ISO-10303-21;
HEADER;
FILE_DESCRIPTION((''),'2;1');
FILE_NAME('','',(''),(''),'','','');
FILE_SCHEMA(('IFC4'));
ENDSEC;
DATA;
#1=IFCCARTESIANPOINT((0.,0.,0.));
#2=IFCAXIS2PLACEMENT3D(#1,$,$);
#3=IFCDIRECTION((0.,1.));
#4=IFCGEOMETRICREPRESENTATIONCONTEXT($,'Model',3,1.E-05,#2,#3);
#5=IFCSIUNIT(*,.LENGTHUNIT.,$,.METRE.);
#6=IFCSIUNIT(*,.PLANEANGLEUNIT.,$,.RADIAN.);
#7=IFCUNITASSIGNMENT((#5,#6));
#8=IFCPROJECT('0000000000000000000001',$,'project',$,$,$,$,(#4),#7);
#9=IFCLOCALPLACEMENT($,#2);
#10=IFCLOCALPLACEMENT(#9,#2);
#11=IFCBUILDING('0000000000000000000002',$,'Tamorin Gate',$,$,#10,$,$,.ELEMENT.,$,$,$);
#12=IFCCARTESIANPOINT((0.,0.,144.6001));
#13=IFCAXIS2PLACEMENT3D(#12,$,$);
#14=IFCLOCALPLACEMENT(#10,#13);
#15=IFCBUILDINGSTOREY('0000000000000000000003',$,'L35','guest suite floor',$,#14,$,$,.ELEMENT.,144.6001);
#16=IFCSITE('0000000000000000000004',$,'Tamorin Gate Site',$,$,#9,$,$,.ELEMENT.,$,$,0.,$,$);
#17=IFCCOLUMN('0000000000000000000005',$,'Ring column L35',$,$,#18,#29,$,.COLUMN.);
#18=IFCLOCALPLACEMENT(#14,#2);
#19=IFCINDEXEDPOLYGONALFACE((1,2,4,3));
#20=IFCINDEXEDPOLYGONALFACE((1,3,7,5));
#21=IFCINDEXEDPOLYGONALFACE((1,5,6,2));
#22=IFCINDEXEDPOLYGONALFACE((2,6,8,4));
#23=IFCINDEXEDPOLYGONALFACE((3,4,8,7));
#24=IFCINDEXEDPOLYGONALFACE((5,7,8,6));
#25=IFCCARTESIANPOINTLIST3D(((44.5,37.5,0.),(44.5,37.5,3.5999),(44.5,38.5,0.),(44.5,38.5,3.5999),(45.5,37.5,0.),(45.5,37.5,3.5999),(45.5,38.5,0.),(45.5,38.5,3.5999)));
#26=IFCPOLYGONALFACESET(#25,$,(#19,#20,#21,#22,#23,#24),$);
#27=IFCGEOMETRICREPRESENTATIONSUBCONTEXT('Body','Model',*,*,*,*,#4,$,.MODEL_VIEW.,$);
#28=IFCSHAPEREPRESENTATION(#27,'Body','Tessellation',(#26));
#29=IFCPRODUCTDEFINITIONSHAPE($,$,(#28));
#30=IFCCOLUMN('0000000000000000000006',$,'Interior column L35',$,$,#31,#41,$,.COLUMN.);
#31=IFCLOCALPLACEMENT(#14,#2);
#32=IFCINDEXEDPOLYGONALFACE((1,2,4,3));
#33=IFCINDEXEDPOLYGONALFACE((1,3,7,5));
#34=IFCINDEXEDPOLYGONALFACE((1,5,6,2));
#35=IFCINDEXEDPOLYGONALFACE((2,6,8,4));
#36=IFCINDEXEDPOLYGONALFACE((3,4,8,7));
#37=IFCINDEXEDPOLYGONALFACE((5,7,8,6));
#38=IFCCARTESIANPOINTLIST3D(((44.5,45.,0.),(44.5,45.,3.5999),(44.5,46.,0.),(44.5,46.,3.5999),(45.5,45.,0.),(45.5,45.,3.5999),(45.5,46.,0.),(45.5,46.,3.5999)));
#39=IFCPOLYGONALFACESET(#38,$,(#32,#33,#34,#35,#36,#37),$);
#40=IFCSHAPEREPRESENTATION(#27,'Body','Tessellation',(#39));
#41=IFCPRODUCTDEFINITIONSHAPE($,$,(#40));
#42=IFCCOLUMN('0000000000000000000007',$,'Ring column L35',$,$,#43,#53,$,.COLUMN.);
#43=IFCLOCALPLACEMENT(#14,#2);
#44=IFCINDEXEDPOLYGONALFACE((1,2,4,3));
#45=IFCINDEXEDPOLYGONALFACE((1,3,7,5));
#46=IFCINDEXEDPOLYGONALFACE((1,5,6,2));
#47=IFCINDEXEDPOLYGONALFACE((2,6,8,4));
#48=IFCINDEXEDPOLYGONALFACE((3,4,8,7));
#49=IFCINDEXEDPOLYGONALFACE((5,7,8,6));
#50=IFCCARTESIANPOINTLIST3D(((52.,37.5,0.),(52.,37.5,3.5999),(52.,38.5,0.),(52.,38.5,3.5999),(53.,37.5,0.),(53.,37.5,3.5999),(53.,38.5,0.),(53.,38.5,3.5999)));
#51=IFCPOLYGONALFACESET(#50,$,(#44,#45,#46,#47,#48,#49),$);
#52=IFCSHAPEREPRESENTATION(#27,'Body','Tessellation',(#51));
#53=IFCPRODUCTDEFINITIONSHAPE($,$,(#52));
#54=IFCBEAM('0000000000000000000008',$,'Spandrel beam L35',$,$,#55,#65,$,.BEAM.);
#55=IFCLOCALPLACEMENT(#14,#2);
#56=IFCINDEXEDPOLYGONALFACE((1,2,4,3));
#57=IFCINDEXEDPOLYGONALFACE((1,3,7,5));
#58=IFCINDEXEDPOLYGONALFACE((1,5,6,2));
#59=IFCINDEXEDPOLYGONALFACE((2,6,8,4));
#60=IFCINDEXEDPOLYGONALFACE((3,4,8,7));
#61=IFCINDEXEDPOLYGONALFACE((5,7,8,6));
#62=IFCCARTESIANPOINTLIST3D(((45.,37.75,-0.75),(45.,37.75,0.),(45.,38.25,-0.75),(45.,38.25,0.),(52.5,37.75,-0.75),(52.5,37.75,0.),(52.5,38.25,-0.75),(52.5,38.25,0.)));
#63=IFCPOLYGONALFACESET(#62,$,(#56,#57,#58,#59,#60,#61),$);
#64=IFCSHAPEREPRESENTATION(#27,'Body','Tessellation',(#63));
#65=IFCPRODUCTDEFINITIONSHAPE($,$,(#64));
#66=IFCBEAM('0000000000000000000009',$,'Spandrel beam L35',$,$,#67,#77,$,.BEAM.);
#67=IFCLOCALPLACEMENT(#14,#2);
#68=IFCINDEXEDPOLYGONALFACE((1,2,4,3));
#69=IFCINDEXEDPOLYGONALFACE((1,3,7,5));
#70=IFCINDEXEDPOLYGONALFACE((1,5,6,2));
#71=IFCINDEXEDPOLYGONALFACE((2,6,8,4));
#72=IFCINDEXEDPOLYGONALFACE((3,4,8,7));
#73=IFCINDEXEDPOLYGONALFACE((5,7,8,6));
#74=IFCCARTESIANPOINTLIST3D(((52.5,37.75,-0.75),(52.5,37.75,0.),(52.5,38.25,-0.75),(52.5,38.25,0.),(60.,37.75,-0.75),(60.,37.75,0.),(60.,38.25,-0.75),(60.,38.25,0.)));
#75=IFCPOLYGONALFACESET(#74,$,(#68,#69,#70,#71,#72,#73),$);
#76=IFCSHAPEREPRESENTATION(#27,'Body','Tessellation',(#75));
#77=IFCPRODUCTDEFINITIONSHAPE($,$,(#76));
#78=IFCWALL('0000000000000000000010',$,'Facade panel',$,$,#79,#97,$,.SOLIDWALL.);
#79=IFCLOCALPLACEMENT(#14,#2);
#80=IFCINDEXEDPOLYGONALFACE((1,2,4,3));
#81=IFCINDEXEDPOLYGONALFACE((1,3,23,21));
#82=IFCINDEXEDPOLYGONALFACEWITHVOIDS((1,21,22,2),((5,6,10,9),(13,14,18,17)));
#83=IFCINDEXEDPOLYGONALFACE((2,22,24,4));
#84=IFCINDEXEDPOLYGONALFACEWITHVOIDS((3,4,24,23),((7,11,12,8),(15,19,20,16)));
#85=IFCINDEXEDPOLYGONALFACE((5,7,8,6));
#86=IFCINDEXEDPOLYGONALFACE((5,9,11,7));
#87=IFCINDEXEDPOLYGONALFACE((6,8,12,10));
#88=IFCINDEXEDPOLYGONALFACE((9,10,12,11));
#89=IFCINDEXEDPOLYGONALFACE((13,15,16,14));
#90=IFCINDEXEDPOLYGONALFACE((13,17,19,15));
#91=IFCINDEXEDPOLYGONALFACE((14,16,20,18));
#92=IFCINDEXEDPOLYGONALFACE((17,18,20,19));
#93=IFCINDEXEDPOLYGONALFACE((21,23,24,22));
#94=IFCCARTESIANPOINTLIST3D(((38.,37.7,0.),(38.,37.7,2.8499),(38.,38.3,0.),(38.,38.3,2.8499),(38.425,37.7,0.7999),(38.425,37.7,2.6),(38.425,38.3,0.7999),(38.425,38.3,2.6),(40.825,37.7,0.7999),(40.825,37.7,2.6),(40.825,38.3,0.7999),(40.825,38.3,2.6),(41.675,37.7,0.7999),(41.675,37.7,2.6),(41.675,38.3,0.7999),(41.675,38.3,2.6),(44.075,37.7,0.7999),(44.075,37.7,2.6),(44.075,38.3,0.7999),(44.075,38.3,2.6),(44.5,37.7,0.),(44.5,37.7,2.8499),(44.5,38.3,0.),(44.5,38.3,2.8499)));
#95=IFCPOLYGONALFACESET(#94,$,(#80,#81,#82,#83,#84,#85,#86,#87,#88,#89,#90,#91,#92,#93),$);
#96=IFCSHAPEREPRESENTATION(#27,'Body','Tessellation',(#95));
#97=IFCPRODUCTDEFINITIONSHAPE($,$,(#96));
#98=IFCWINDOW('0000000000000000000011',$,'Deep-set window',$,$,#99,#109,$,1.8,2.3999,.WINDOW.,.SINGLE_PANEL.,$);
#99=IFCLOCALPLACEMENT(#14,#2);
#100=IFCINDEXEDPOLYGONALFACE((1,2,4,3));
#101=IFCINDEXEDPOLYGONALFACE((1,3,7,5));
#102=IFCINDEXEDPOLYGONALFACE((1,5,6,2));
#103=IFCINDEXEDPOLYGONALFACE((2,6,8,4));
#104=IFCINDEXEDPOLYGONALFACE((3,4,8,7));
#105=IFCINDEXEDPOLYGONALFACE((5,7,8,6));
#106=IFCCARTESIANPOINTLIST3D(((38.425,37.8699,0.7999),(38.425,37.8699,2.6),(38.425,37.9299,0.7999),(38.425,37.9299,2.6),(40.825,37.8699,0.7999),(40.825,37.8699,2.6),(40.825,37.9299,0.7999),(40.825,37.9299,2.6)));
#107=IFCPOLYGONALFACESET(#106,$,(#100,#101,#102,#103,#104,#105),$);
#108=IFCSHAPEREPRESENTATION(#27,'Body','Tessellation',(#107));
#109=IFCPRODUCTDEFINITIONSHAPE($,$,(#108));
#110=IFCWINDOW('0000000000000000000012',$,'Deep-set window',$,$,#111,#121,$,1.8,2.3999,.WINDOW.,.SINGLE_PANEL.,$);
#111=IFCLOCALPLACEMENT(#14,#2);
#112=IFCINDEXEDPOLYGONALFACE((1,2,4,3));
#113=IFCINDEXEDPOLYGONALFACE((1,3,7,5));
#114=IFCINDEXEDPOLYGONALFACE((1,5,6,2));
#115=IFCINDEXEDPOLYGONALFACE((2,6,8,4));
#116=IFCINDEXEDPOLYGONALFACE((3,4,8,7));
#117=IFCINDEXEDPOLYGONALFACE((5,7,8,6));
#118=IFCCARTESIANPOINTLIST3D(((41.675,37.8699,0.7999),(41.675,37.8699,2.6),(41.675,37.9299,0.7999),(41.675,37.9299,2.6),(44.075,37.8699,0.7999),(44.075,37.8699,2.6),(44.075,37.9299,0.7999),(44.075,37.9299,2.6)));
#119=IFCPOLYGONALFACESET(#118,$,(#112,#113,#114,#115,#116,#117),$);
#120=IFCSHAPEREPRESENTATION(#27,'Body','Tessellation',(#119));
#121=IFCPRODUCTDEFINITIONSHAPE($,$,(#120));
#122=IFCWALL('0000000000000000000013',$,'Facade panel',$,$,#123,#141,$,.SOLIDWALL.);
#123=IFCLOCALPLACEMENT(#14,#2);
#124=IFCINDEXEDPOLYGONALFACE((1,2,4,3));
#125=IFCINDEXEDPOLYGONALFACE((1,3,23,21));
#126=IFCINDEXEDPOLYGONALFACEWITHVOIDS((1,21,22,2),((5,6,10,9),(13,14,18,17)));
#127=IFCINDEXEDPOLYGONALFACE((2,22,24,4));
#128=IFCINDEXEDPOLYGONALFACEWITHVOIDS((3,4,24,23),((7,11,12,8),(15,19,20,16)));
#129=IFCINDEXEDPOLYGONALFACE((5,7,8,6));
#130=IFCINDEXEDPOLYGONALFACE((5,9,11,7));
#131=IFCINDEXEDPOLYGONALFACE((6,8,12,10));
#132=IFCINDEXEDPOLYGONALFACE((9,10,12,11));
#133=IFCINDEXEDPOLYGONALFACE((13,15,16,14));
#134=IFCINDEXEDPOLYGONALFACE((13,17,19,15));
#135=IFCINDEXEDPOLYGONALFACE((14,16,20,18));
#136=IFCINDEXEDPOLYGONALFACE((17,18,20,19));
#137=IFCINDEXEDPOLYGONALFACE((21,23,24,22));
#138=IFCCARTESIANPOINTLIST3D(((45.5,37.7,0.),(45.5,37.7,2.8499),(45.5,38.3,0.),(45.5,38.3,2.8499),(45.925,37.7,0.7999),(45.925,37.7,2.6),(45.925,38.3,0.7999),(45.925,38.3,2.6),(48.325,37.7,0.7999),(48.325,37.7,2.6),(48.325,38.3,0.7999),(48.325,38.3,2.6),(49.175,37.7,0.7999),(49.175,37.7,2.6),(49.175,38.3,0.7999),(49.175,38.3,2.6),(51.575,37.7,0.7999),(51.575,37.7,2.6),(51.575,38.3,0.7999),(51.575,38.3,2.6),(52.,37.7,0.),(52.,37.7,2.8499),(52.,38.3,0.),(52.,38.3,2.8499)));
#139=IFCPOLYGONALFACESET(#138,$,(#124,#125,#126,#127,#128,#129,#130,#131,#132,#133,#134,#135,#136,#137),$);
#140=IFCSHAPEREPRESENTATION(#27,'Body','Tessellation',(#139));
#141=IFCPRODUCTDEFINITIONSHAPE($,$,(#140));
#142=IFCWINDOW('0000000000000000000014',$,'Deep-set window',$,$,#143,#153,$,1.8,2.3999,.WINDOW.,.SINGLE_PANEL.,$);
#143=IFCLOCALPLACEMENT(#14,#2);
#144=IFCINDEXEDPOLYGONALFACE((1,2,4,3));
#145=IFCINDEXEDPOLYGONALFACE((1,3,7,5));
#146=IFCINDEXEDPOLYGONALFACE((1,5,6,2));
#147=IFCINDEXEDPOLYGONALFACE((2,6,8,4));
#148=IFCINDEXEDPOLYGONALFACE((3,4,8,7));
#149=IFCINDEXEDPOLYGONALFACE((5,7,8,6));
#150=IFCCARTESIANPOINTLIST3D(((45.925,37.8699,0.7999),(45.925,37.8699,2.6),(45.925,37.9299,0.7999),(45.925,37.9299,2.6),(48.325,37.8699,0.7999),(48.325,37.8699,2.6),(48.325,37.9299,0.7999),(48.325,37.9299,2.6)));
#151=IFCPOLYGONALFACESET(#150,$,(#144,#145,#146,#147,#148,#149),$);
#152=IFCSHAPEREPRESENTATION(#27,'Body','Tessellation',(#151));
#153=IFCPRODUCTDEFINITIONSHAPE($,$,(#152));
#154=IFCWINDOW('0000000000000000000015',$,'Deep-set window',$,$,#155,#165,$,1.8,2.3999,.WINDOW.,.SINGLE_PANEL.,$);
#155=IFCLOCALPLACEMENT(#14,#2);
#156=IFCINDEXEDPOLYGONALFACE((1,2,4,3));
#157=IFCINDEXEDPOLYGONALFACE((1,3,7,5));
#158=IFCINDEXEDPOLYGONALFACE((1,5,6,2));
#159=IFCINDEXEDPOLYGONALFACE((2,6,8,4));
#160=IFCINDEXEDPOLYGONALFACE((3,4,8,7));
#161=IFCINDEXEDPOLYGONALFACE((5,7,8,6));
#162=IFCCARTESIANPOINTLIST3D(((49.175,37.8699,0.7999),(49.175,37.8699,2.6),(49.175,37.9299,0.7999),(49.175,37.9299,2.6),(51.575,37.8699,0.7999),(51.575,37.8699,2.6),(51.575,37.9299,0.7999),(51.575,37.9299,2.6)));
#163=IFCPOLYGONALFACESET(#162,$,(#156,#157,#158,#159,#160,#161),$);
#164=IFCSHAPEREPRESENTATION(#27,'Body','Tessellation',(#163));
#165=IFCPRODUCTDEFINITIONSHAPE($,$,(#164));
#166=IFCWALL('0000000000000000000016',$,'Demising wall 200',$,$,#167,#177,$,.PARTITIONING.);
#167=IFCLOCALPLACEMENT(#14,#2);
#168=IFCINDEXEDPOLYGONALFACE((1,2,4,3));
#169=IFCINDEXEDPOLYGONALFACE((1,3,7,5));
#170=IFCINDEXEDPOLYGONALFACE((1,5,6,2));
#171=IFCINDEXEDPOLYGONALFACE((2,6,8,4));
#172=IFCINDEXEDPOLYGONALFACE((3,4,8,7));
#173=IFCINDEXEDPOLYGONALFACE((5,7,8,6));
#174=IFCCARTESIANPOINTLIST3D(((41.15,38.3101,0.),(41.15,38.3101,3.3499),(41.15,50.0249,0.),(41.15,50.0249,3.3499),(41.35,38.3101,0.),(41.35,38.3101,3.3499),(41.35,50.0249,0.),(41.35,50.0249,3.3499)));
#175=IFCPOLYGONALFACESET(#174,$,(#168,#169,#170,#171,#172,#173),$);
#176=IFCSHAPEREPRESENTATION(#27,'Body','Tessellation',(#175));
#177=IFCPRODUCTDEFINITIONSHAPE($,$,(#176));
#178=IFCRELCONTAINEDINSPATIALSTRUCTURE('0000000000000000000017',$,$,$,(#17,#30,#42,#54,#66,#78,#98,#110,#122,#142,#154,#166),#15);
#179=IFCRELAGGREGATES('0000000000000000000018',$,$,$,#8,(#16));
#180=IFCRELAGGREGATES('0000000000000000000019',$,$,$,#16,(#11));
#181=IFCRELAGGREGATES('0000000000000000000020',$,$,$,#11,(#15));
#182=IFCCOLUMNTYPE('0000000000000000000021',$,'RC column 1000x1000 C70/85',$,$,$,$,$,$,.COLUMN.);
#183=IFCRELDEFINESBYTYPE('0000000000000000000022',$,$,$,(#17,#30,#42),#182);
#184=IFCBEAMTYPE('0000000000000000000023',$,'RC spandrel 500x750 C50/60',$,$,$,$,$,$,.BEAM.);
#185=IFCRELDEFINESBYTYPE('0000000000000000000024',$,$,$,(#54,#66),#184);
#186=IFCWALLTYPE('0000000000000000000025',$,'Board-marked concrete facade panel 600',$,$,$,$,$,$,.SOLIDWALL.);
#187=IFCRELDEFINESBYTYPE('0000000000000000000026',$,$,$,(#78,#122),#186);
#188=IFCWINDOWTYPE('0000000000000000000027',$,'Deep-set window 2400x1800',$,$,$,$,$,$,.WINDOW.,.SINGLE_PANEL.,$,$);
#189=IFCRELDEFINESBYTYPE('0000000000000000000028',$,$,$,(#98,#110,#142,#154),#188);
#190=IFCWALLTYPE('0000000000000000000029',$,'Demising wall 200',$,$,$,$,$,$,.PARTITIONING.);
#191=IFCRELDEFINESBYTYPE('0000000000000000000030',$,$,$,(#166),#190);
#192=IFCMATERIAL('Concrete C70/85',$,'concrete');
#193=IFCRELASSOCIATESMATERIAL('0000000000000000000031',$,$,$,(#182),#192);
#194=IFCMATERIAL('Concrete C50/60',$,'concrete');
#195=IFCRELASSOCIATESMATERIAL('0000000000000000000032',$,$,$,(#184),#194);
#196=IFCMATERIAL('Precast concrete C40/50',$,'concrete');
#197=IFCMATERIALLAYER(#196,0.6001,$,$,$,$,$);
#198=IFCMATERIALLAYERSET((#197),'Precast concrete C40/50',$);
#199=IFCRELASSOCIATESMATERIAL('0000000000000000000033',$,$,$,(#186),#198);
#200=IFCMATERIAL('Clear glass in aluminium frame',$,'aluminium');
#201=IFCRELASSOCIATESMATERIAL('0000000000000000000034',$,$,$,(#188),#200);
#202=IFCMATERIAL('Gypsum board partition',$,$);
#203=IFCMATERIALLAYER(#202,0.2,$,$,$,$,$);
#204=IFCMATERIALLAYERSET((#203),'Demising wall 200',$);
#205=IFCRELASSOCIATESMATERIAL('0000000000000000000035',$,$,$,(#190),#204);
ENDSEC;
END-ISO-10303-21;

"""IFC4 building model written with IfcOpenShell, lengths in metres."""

from ifc_helpers import new_model, si_unit, direction, frame, frame_2d, origin, origin_2d, place, context, subcontext, project, spatial, rectangle, extrude, material, layer, layer_set, material_profile, profile_set, type_object, element, fill, save


model = new_model("IFC4")

# Units and contexts
model_context = context("Model", 3, precision=1e-05, world=origin(), true_north=direction((0.0, 1.0)))
body_context = subcontext(model_context, "Body", "Model", "MODEL_VIEW")
ifc_project = project(units=[si_unit("LENGTHUNIT", "METRE"), si_unit("PLANEANGLEUNIT", "RADIAN")], contexts=[model_context])

# Site, building, storey
site_placement = place(None, origin())
site = spatial("IfcSite", under=ifc_project, at=site_placement, Name="Tamorin Gate Site", CompositionType="ELEMENT", RefElevation=0.0)
building_placement = place(site_placement, origin())
building = spatial("IfcBuilding", under=site, at=building_placement, Name="Tamorin Gate", CompositionType="ELEMENT")
storey_placement = place(building_placement, frame((0.0, 0.0, 144.6001)))
storey = spatial("IfcBuildingStorey", under=building, at=storey_placement, Name="L35", Description="guest suite floor", CompositionType="ELEMENT", Elevation=144.6001)

# Columns
ifc_material_1 = material(Name="Concrete C70/85", Category="concrete")
ifc_material_profile_1 = material_profile(ifc_material_1, rectangle(XDim=1.0, YDim=1.0, at=origin_2d()), Name="RC 1000x1000")
ifc_profile_set_1 = profile_set([ifc_material_profile_1], Name="Concrete C70/85")
column_type = type_object("IfcColumnType", Name="RC column 1000x1000 C70/85", PredefinedType="COLUMN", material=ifc_profile_set_1)
for number, where, z_axis, x_axis, name in (
    (1, (45.0, 38.0, 0.0), (0.0, 0.0, 1.0), (1.0, 0.0, 0.0), "Ring column L35"),
    (2, (45.0, 45.5, 0.0), (0.0, 0.0, 1.0), (1.0, 0.0, 0.0), "Interior column L35"),
    (3, (52.5, 38.0, 0.0), (0.0, 0.0, 1.0), (1.0, 0.0, 0.0), "Ring column L35"),
):
    element("IfcColumn", number, at=place(storey_placement, frame(where, z_axis=z_axis, x_axis=x_axis)), inside=storey, type_object=column_type, Name=name, PredefinedType="COLUMN", context=body_context, shape_type="SweptSolid", body=[
        extrude(rectangle(XDim=1.0, YDim=1.0, at=origin_2d()), origin(), (0.0, 0.0, 1.0), 3.5999),
    ])

# Beams
ifc_material_2 = material(Name="Concrete C50/60", Category="concrete")
ifc_material_profile_2 = material_profile(ifc_material_2, rectangle(XDim=0.5, YDim=0.75, at=origin_2d()), Name="RC 500x750")
ifc_profile_set_2 = profile_set([ifc_material_profile_2], Name="Concrete C50/60")
beam_type = type_object("IfcBeamType", Name="RC spandrel 500x750 C50/60", PredefinedType="BEAM", material=ifc_profile_set_2)
for number, where, z_axis, x_axis, name in (
    (4, (45.0, 38.0, -0.375), (1.0, 0.0, 0.0), (0.0, 1.0, 0.0), "Spandrel beam L35"),
    (5, (52.5, 38.0, -0.375), (1.0, 0.0, 0.0), (0.0, 1.0, 0.0), "Spandrel beam L35"),
):
    element("IfcBeam", number, at=place(storey_placement, frame(where, z_axis=z_axis, x_axis=x_axis)), inside=storey, type_object=beam_type, Name=name, PredefinedType="BEAM", context=body_context, shape_type="SweptSolid", body=[
        extrude(rectangle(XDim=0.5, YDim=0.75, at=origin_2d()), origin(), (0.0, 0.0, 1.0), 7.5),
    ])

# Walls, openings, windows
ifc_material_3 = material(Name="Precast concrete C40/50", Category="concrete")
ifc_layer_1 = layer(ifc_material_3, 0.6001)
ifc_layer_set_1 = layer_set([ifc_layer_1], Name="Precast concrete C40/50")
wall_type_1 = type_object("IfcWallType", Name="Board-marked concrete facade panel 600", PredefinedType="SOLIDWALL", material=ifc_layer_set_1)
wall_1_placement = place(storey_placement, frame((38.0, 38.0, 0.0), z_axis=(0.0, 0.0, 1.0), x_axis=(1.0, 0.0, 0.0)))
wall_1 = element("IfcWall", 6, at=wall_1_placement, inside=storey, type_object=wall_type_1, Name="Facade panel", PredefinedType="SOLIDWALL", context=body_context, shape_type="SweptSolid", body=[
    extrude(rectangle(XDim=6.5, YDim=0.6001, at=frame_2d((3.25, 0.0))), origin(), (0.0, 0.0, 1.0), 2.8499),
])
opening_1_placement = place(wall_1_placement, frame((0.425, 0.0, 0.8)))
opening_1 = element("IfcOpeningElement", 7, at=opening_1_placement, cuts=wall_1, PredefinedType="OPENING", context=body_context, shape_type="SweptSolid", body=[
    extrude(rectangle(XDim=2.3999, YDim=1.8, at=frame_2d((1.2, 0.8999))), frame((0.0, 0.3101, 0.0), z_axis=(0.0, -1.0, 0.0), x_axis=(1.0, 0.0, 0.0)), (0.0, 0.0, 1.0), 0.6201),
])
opening_2_placement = place(wall_1_placement, frame((3.675, 0.0, 0.8)))
opening_2 = element("IfcOpeningElement", 8, at=opening_2_placement, cuts=wall_1, PredefinedType="OPENING", context=body_context, shape_type="SweptSolid", body=[
    extrude(rectangle(XDim=2.3999, YDim=1.8, at=frame_2d((1.2, 0.8999))), frame((0.0, 0.3101, 0.0), z_axis=(0.0, -1.0, 0.0), x_axis=(1.0, 0.0, 0.0)), (0.0, 0.0, 1.0), 0.6201),
])
ifc_material_4 = material(Name="Clear glass in aluminium frame", Category="aluminium")
window_type = type_object("IfcWindowType", Name="Deep-set window 2400x1800", PartitioningType="SINGLE_PANEL", PredefinedType="WINDOW", material=ifc_material_4)
window_1_placement = place(opening_1_placement, origin())
window_1 = element("IfcWindow", 9, at=window_1_placement, inside=storey, type_object=window_type, Name="Deep-set window", OverallHeight=1.8, OverallWidth=2.3999, PartitioningType="SINGLE_PANEL", PredefinedType="WINDOW", context=body_context, shape_type="SweptSolid", body=[
    extrude(rectangle(XDim=2.3999, YDim=1.8, at=frame_2d((1.2, 0.8999))), frame((0.0, -0.0701, 0.0), z_axis=(0.0, -1.0, 0.0), x_axis=(1.0, 0.0, 0.0)), (0.0, 0.0, 1.0), 0.0601),
])
fill(opening_1, window_1)
window_2_placement = place(opening_2_placement, origin())
window_2 = element("IfcWindow", 10, at=window_2_placement, inside=storey, type_object=window_type, Name="Deep-set window", OverallHeight=1.8, OverallWidth=2.3999, PartitioningType="SINGLE_PANEL", PredefinedType="WINDOW", context=body_context, shape_type="SweptSolid", body=[
    extrude(rectangle(XDim=2.3999, YDim=1.8, at=frame_2d((1.2, 0.8999))), frame((0.0, -0.0701, 0.0), z_axis=(0.0, -1.0, 0.0), x_axis=(1.0, 0.0, 0.0)), (0.0, 0.0, 1.0), 0.0601),
])
fill(opening_2, window_2)
wall_2_placement = place(storey_placement, frame((45.5, 38.0, 0.0), z_axis=(0.0, 0.0, 1.0), x_axis=(1.0, 0.0, 0.0)))
wall_2 = element("IfcWall", 11, at=wall_2_placement, inside=storey, type_object=wall_type_1, Name="Facade panel", PredefinedType="SOLIDWALL", context=body_context, shape_type="SweptSolid", body=[
    extrude(rectangle(XDim=6.5, YDim=0.6001, at=frame_2d((3.25, 0.0))), origin(), (0.0, 0.0, 1.0), 2.8499),
])
opening_3_placement = place(wall_2_placement, frame((0.425, 0.0, 0.8)))
opening_3 = element("IfcOpeningElement", 12, at=opening_3_placement, cuts=wall_2, PredefinedType="OPENING", context=body_context, shape_type="SweptSolid", body=[
    extrude(rectangle(XDim=2.3999, YDim=1.8, at=frame_2d((1.2, 0.8999))), frame((0.0, 0.3101, 0.0), z_axis=(0.0, -1.0, 0.0), x_axis=(1.0, 0.0, 0.0)), (0.0, 0.0, 1.0), 0.6201),
])
opening_4_placement = place(wall_2_placement, frame((3.675, 0.0, 0.8)))
opening_4 = element("IfcOpeningElement", 13, at=opening_4_placement, cuts=wall_2, PredefinedType="OPENING", context=body_context, shape_type="SweptSolid", body=[
    extrude(rectangle(XDim=2.3999, YDim=1.8, at=frame_2d((1.2, 0.8999))), frame((0.0, 0.3101, 0.0), z_axis=(0.0, -1.0, 0.0), x_axis=(1.0, 0.0, 0.0)), (0.0, 0.0, 1.0), 0.6201),
])
window_3_placement = place(opening_3_placement, origin())
window_3 = element("IfcWindow", 14, at=window_3_placement, inside=storey, type_object=window_type, Name="Deep-set window", OverallHeight=1.8, OverallWidth=2.3999, PartitioningType="SINGLE_PANEL", PredefinedType="WINDOW", context=body_context, shape_type="SweptSolid", body=[
    extrude(rectangle(XDim=2.3999, YDim=1.8, at=frame_2d((1.2, 0.8999))), frame((0.0, -0.0701, 0.0), z_axis=(0.0, -1.0, 0.0), x_axis=(1.0, 0.0, 0.0)), (0.0, 0.0, 1.0), 0.0601),
])
fill(opening_3, window_3)
window_4_placement = place(opening_4_placement, origin())
window_4 = element("IfcWindow", 15, at=window_4_placement, inside=storey, type_object=window_type, Name="Deep-set window", OverallHeight=1.8, OverallWidth=2.3999, PartitioningType="SINGLE_PANEL", PredefinedType="WINDOW", context=body_context, shape_type="SweptSolid", body=[
    extrude(rectangle(XDim=2.3999, YDim=1.8, at=frame_2d((1.2, 0.8999))), frame((0.0, -0.0701, 0.0), z_axis=(0.0, -1.0, 0.0), x_axis=(1.0, 0.0, 0.0)), (0.0, 0.0, 1.0), 0.0601),
])
fill(opening_4, window_4)

# Wall
ifc_material_5 = material(Name="Gypsum board partition")
ifc_layer_2 = layer(ifc_material_5, 0.2)
ifc_layer_set_2 = layer_set([ifc_layer_2], Name="Demising wall 200")
wall_type_2 = type_object("IfcWallType", Name="Demising wall 200", PredefinedType="PARTITIONING", material=ifc_layer_set_2)
wall_3_placement = place(storey_placement, frame((41.25, 38.3101, 0.0), z_axis=(0.0, 0.0, 1.0), x_axis=(0.0, 1.0, 0.0)))
element("IfcWall", 16, at=wall_3_placement, inside=storey, type_object=wall_type_2, Name="Demising wall 200", PredefinedType="PARTITIONING", context=body_context, shape_type="SweptSolid", body=[
    extrude(rectangle(XDim=11.7148, YDim=0.2, at=frame_2d((5.8574, 0.0))), origin(), (0.0, 0.0, 1.0), 3.3499),
])

save(model, "model.ifc")
